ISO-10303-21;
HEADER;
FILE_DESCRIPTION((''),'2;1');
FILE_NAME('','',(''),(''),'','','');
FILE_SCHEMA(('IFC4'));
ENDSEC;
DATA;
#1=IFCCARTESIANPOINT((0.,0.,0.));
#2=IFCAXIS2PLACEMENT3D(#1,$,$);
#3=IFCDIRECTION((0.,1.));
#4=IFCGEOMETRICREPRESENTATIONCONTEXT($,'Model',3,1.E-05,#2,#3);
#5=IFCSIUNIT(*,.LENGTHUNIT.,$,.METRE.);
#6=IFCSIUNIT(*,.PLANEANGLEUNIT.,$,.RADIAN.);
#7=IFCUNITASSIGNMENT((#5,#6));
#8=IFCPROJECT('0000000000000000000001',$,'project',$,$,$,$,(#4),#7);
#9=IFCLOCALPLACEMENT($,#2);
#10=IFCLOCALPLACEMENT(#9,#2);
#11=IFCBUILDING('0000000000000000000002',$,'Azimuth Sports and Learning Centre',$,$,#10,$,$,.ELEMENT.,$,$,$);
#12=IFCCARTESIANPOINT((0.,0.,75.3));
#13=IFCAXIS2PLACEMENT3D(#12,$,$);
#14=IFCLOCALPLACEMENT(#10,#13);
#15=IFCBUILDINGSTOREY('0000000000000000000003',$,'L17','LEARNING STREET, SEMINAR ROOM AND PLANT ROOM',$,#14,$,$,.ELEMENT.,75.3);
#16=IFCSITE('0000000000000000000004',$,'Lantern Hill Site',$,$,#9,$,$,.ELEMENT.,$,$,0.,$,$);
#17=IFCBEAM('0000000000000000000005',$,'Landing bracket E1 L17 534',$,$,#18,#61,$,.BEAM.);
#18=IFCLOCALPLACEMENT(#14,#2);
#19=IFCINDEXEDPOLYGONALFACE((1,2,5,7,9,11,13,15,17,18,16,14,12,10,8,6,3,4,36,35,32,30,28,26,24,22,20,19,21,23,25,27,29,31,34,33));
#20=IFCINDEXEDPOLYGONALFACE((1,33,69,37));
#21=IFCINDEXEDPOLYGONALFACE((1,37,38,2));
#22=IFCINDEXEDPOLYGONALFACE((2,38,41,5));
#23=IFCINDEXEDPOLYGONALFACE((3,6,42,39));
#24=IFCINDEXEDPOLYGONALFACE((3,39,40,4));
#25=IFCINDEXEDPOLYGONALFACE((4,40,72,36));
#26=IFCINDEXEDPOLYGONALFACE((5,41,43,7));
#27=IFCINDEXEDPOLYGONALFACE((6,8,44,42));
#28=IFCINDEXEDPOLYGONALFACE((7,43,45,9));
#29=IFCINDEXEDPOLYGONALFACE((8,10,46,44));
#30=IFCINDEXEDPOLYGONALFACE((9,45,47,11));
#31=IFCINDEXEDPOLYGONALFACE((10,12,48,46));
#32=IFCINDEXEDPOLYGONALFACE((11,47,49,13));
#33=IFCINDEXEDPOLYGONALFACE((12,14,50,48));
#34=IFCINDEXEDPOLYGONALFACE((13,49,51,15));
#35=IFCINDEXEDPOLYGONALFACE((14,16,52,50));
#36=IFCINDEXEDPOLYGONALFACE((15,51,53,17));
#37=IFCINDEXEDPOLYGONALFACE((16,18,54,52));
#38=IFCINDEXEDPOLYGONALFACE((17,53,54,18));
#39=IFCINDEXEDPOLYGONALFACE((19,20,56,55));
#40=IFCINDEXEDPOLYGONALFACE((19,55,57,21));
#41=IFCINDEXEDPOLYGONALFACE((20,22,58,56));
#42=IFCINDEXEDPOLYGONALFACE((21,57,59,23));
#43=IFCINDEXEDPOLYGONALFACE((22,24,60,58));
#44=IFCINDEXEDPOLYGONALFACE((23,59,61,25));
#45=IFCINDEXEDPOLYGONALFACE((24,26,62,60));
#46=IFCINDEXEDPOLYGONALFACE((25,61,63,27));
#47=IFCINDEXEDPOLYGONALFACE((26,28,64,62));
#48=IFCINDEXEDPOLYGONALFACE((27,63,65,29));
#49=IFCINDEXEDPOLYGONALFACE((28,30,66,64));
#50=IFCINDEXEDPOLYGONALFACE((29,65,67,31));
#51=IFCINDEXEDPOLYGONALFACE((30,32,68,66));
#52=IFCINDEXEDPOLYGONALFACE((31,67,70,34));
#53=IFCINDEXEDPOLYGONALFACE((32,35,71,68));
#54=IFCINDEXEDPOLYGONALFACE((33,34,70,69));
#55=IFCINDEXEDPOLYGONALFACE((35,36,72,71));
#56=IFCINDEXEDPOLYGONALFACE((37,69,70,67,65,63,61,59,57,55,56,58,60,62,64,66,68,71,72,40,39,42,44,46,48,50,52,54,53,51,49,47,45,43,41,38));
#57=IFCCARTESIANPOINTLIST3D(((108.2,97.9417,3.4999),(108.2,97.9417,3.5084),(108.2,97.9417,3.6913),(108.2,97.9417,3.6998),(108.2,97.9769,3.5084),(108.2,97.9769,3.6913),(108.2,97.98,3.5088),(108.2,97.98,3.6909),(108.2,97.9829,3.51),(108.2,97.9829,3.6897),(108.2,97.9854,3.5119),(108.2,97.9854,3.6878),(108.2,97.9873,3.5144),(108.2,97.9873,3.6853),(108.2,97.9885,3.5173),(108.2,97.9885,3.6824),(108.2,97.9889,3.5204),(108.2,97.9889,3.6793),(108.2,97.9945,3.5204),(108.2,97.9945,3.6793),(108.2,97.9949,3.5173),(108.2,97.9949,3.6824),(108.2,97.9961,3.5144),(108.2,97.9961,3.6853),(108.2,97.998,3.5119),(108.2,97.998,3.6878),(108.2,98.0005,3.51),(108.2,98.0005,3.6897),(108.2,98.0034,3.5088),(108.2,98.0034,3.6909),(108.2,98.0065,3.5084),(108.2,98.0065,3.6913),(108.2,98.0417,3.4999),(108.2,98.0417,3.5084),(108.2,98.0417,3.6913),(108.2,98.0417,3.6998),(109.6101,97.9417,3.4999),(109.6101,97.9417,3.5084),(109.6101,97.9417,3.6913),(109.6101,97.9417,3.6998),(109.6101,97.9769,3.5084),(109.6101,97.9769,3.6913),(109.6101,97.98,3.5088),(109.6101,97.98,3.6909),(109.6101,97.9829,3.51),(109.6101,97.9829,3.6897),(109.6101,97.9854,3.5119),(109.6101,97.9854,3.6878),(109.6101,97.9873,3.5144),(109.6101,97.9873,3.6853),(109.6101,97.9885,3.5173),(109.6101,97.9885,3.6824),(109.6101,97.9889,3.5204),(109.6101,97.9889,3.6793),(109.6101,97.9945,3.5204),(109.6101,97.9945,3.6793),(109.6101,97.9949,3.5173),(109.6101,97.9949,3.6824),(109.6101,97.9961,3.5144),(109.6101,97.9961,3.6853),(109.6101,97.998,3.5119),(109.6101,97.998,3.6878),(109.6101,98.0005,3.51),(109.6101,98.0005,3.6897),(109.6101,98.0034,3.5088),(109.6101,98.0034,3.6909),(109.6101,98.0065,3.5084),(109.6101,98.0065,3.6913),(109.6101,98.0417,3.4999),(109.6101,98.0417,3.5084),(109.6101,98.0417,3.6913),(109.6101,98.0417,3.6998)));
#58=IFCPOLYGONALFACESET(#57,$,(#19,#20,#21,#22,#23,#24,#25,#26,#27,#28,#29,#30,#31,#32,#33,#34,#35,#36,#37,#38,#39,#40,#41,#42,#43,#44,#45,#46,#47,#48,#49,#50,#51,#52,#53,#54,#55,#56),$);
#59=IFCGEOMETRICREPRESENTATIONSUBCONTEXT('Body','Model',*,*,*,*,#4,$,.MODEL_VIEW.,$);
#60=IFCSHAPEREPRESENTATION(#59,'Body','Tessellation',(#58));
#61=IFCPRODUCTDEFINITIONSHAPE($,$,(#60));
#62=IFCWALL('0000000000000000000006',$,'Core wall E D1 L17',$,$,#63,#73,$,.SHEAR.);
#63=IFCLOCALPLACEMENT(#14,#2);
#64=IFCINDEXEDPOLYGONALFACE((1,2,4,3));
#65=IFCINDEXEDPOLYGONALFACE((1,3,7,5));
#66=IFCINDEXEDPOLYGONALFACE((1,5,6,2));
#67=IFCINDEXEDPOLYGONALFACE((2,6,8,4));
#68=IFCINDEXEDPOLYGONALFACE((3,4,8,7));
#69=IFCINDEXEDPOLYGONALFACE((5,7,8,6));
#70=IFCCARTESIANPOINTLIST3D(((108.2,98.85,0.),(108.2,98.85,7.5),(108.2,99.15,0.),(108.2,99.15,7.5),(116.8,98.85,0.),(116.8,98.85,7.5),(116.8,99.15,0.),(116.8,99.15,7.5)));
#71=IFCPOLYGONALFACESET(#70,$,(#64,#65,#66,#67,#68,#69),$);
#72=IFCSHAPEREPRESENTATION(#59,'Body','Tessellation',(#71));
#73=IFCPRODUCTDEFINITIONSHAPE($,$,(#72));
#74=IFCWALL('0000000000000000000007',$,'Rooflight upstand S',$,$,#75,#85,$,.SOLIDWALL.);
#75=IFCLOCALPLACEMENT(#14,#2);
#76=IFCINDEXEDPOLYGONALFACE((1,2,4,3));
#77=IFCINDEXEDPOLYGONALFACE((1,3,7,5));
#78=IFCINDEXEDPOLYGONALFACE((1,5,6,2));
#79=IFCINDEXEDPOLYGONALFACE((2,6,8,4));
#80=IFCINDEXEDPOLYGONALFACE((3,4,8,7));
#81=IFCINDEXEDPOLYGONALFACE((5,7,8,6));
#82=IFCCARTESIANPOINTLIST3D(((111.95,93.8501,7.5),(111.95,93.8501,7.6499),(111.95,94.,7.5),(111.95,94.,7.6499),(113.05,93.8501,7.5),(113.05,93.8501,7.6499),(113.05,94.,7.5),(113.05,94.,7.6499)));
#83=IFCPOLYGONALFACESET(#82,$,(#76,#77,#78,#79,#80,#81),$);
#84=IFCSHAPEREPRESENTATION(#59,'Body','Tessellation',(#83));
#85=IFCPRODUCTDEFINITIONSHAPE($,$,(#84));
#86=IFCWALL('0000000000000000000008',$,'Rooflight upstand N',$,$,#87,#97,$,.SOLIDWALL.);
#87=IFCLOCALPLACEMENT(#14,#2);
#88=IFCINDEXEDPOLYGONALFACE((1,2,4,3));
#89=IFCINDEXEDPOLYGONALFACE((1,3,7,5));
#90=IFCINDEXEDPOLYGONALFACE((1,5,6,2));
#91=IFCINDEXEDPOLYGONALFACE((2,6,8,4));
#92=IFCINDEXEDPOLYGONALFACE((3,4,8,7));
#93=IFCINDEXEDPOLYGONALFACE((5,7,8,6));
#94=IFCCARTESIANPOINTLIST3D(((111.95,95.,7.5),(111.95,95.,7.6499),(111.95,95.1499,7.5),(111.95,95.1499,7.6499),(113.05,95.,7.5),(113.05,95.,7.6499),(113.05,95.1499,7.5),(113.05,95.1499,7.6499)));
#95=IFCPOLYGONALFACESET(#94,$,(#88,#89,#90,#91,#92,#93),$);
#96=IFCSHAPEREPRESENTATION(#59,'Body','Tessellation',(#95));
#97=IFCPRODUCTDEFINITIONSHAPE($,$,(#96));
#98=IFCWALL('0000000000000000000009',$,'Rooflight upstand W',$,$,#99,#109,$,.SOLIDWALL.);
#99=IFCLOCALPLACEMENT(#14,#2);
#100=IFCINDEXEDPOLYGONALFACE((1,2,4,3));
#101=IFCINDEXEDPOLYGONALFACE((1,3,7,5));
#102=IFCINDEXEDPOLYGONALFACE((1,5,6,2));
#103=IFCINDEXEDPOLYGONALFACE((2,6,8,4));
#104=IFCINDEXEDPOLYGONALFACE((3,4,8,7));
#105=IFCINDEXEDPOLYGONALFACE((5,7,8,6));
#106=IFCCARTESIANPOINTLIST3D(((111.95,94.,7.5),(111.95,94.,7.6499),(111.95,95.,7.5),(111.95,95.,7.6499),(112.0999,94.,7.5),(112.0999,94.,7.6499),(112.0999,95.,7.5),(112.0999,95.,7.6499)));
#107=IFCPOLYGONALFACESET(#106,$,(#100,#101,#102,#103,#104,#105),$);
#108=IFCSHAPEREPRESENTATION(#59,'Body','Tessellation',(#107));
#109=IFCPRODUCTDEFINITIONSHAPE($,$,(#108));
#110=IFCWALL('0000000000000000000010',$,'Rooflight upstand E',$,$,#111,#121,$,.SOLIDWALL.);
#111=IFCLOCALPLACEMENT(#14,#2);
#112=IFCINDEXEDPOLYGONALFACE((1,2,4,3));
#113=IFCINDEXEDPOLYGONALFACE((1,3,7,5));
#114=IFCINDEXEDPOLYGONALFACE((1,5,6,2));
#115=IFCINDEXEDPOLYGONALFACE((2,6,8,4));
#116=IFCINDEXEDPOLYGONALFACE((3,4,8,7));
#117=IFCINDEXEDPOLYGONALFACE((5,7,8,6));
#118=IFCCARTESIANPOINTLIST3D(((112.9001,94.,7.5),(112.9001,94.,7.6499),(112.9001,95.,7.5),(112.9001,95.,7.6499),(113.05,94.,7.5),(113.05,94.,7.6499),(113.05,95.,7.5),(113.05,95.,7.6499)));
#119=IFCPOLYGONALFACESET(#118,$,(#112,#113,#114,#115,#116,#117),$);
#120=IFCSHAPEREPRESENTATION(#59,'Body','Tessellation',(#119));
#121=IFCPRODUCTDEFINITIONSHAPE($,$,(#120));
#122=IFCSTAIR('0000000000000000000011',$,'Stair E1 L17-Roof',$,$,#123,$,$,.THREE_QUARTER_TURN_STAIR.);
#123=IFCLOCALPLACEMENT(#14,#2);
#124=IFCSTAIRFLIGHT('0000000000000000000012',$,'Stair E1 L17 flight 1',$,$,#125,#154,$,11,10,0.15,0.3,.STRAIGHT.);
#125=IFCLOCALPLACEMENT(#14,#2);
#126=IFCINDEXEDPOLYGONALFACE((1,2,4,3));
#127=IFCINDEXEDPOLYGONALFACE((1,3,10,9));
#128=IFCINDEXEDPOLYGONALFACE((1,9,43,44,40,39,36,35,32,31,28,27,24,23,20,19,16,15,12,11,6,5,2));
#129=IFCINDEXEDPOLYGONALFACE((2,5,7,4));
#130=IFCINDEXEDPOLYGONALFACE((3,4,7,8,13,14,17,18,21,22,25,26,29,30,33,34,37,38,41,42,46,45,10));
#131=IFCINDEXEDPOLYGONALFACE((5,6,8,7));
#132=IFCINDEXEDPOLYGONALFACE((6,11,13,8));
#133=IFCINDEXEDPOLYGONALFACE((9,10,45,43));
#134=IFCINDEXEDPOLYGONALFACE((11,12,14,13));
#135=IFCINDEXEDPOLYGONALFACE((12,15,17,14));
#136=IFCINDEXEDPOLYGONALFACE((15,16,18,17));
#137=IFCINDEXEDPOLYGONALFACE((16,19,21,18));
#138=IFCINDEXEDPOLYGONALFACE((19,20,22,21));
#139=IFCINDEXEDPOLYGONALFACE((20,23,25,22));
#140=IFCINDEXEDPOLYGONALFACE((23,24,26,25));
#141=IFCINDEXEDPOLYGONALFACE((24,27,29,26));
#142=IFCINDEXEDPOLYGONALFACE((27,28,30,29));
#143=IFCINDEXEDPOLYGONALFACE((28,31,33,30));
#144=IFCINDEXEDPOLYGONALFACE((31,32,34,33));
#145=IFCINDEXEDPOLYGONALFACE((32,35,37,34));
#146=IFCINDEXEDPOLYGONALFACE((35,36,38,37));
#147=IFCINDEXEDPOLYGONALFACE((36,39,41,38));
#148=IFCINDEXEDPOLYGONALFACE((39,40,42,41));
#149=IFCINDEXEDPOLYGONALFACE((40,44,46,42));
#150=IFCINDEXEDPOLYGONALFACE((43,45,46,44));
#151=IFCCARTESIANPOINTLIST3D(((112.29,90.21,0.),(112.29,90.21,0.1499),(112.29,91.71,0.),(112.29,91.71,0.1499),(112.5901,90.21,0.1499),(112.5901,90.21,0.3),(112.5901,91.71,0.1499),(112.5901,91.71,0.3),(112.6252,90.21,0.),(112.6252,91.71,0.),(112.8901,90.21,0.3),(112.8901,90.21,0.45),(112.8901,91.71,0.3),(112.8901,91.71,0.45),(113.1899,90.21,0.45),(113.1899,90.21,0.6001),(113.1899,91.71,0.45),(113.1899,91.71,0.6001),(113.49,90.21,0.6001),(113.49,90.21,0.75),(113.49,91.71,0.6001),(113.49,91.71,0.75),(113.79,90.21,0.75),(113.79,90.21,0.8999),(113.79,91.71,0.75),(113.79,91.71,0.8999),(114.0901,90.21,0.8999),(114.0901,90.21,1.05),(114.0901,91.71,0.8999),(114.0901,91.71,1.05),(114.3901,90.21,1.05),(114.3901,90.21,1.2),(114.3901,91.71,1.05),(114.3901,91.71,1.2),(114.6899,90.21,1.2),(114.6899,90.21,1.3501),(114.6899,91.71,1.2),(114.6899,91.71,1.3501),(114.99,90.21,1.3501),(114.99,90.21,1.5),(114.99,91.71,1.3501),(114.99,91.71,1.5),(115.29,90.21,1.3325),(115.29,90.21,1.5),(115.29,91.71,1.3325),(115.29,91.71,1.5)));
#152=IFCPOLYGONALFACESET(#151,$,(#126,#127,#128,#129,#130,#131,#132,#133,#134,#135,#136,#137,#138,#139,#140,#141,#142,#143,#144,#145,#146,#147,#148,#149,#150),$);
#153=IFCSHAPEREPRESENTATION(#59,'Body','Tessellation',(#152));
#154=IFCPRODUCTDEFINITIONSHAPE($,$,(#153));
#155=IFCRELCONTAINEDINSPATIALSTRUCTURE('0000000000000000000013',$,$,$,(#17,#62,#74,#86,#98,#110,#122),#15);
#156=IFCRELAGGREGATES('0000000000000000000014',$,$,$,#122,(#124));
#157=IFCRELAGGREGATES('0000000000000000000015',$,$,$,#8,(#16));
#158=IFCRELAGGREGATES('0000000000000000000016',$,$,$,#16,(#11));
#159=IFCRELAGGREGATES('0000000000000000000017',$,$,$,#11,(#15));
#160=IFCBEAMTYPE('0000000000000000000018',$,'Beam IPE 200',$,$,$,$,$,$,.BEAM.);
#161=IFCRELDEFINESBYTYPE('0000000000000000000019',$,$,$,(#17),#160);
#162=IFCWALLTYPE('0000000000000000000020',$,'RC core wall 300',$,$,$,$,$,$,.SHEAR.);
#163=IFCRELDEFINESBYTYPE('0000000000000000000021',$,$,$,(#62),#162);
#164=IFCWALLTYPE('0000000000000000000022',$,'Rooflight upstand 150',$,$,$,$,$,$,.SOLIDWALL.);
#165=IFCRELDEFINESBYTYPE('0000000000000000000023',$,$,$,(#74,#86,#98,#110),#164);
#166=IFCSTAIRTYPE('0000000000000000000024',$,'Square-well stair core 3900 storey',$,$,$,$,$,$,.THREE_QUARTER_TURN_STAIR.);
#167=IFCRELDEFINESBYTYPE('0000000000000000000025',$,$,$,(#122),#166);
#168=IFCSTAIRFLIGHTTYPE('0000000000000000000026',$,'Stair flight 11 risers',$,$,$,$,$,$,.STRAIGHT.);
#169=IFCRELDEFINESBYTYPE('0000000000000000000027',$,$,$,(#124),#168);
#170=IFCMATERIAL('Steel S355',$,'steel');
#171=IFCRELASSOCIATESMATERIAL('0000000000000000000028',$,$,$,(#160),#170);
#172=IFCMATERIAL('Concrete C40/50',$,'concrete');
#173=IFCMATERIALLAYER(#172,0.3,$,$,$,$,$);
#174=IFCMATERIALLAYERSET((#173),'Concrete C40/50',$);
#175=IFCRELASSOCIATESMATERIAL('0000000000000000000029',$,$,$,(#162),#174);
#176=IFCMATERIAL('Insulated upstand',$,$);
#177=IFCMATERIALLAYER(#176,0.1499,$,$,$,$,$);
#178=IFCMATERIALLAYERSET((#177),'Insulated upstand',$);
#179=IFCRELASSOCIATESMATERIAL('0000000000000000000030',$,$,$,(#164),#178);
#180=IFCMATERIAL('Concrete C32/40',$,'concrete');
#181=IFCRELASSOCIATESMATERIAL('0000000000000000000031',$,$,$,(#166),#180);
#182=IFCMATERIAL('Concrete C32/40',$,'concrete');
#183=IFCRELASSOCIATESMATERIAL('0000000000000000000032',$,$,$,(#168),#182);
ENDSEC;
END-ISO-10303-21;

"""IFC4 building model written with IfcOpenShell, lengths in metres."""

from ifc_helpers import new_model, si_unit, direction, frame, frame_2d, origin, origin_2d, place, context, subcontext, project, spatial, polyline, rectangle, i_section, outline, extrude, material, layer, layer_set, material_profile, profile_set, type_object, element, aggregate, save


model = new_model("IFC4")

# Units and contexts
model_context = context("Model", 3, precision=1e-05, world=origin(), true_north=direction((0.0, 1.0)))
body_context = subcontext(model_context, "Body", "Model", "MODEL_VIEW")
ifc_project = project(units=[si_unit("LENGTHUNIT", "METRE"), si_unit("PLANEANGLEUNIT", "RADIAN")], contexts=[model_context])

# Site, building, storey
site_placement = place(None, origin())
site = spatial("IfcSite", under=ifc_project, at=site_placement, Name="Lantern Hill Site", CompositionType="ELEMENT", RefElevation=0.0)
building_placement = place(site_placement, origin())
building = spatial("IfcBuilding", under=site, at=building_placement, Name="Azimuth Sports and Learning Centre", CompositionType="ELEMENT")
storey_placement = place(building_placement, frame((0.0, 0.0, 75.3)))
storey = spatial("IfcBuildingStorey", under=building, at=storey_placement, Name="L17", Description="LEARNING STREET, SEMINAR ROOM AND PLANT ROOM", CompositionType="ELEMENT", Elevation=75.3)

# Beam
ifc_material_1 = material(Name="Steel S355", Category="steel")
ifc_material_profile = material_profile(ifc_material_1, i_section(OverallWidth=0.1001, OverallDepth=0.2, WebThickness=0.0056, FlangeThickness=0.0085, FilletRadius=0.012, at=origin_2d()), Name="IPE 200")
ifc_profile_set = profile_set([ifc_material_profile], Name="Steel S355")
beam_type = type_object("IfcBeamType", Name="Beam IPE 200", PredefinedType="BEAM", material=ifc_profile_set)
for number, where, z_axis, x_axis, name in (
    (1, (108.2, 97.9917, 3.5999), (1.0, 0.0, 0.0), (0.0, 1.0, 0.0), "Landing bracket E1 L17 534"),
):
    element("IfcBeam", number, at=place(storey_placement, frame(where, z_axis=z_axis, x_axis=x_axis)), inside=storey, type_object=beam_type, Name=name, PredefinedType="BEAM", context=body_context, shape_type="SweptSolid", body=[
        extrude(i_section(OverallWidth=0.1001, OverallDepth=0.2, WebThickness=0.0056, FlangeThickness=0.0085, FilletRadius=0.012, at=origin_2d()), origin(), (0.0, 0.0, 1.0), 1.4102),
    ])

# Walls
ifc_material_2 = material(Name="Concrete C40/50", Category="concrete")
ifc_layer_1 = layer(ifc_material_2, 0.3)
ifc_layer_set_1 = layer_set([ifc_layer_1], Name="Concrete C40/50")
wall_type_1 = type_object("IfcWallType", Name="RC core wall 300", PredefinedType="SHEAR", material=ifc_layer_set_1)
wall_placement = place(storey_placement, frame((108.2, 99.0, 0.0), z_axis=(0.0, 0.0, 1.0), x_axis=(1.0, 0.0, 0.0)))
element("IfcWall", 2, at=wall_placement, inside=storey, type_object=wall_type_1, Name="Core wall E D1 L17", PredefinedType="SHEAR", context=body_context, shape_type="SweptSolid", body=[
    extrude(rectangle(XDim=8.6001, YDim=0.3, at=frame_2d((4.3, 0.0))), origin(), (0.0, 0.0, 1.0), 7.5),
])
ifc_material_3 = material(Name="Insulated upstand")
ifc_layer_2 = layer(ifc_material_3, 0.1499)
ifc_layer_set_2 = layer_set([ifc_layer_2], Name="Insulated upstand")
wall_type_2 = type_object("IfcWallType", Name="Rooflight upstand 150", PredefinedType="SOLIDWALL", material=ifc_layer_set_2)
for number, where, z_axis, x_axis, name in (
    (3, (111.95, 93.925, 7.5), (0.0, 0.0, 1.0), (1.0, 0.0, 0.0), "Rooflight upstand S"),
    (4, (111.95, 95.075, 7.5), (0.0, 0.0, 1.0), (1.0, 0.0, 0.0), "Rooflight upstand N"),
):
    element("IfcWall", number, at=place(storey_placement, frame(where, z_axis=z_axis, x_axis=x_axis)), inside=storey, type_object=wall_type_2, Name=name, PredefinedType="SOLIDWALL", context=body_context, shape_type="SweptSolid", body=[
        extrude(rectangle(XDim=1.1001, YDim=0.1499, at=frame_2d((0.55, 0.0))), origin(), (0.0, 0.0, 1.0), 0.1499),
    ])
for number, where, z_axis, x_axis, name in (
    (5, (112.0249, 94.0, 7.5), (0.0, 0.0, 1.0), (0.0, 1.0, 0.0), "Rooflight upstand W"),
    (6, (112.9751, 94.0, 7.5), (0.0, 0.0, 1.0), (0.0, 1.0, 0.0), "Rooflight upstand E"),
):
    element("IfcWall", number, at=place(storey_placement, frame(where, z_axis=z_axis, x_axis=x_axis)), inside=storey, type_object=wall_type_2, Name=name, PredefinedType="SOLIDWALL", context=body_context, shape_type="SweptSolid", body=[
        extrude(rectangle(XDim=1.0, YDim=0.1499, at=frame_2d((0.5, 0.0))), origin(), (0.0, 0.0, 1.0), 0.1499),
    ])

# Stair, stair flight
ifc_material_4 = material(Name="Concrete C32/40", Category="concrete")
stair_type = type_object("IfcStairType", Name="Square-well stair core 3900 storey", PredefinedType="THREE_QUARTER_TURN_STAIR", material=ifc_material_4)
stair_placement = place(storey_placement, origin())
stair = element("IfcStair", 7, at=stair_placement, inside=storey, type_object=stair_type, Name="Stair E1 L17-Roof", PredefinedType="THREE_QUARTER_TURN_STAIR")
ifc_material_5 = material(Name="Concrete C32/40", Category="concrete")
stair_flight_type_1 = type_object("IfcStairFlightType", Name="Stair flight 11 risers", PredefinedType="STRAIGHT", material=ifc_material_5)
stair_flight_1_placement = place(storey_placement, frame((112.29, 90.96, 0.0), z_axis=(0.0, 0.0, 1.0), x_axis=(1.0, 0.0, 0.0)))
stair_flight_1 = element("IfcStairFlight", 8, at=stair_flight_1_placement, type_object=stair_flight_type_1, Name="Stair E1 L17 flight 1", NumberOfRisers=11, NumberOfTreads=10, PredefinedType="STRAIGHT", RiserHeight=0.15, TreadLength=0.3, context=body_context, shape_type="SweptSolid", body=[
    extrude(outline(polyline([(0.0, 0.0), (0.0, 0.1499), (0.3, 0.1499), (0.3, 0.3), (0.6001, 0.3), (0.6001, 0.45), (0.8999, 0.45), (0.8999, 0.6001), (1.2, 0.6001), (1.2, 0.75), (1.5, 0.75), (1.5, 0.8999), (1.8, 0.8999), (1.8, 1.05), (2.1001, 1.05), (2.1001, 1.2), (2.3999, 1.2), (2.3999, 1.3501), (2.7, 1.3501), (2.7, 1.5), (3.0, 1.5), (3.0, 1.6499), (3.0, 1.3325), (0.3352, 0.0), (0.0, 0.0)])), frame((0.0, 0.75, 0.0), z_axis=(0.0, -1.0, 0.0), x_axis=(1.0, 0.0, 0.0)), (0.0, 0.0, 1.0), 1.5),
])
aggregate(stair, [stair_flight_1])

save(model, "model.ifc")
